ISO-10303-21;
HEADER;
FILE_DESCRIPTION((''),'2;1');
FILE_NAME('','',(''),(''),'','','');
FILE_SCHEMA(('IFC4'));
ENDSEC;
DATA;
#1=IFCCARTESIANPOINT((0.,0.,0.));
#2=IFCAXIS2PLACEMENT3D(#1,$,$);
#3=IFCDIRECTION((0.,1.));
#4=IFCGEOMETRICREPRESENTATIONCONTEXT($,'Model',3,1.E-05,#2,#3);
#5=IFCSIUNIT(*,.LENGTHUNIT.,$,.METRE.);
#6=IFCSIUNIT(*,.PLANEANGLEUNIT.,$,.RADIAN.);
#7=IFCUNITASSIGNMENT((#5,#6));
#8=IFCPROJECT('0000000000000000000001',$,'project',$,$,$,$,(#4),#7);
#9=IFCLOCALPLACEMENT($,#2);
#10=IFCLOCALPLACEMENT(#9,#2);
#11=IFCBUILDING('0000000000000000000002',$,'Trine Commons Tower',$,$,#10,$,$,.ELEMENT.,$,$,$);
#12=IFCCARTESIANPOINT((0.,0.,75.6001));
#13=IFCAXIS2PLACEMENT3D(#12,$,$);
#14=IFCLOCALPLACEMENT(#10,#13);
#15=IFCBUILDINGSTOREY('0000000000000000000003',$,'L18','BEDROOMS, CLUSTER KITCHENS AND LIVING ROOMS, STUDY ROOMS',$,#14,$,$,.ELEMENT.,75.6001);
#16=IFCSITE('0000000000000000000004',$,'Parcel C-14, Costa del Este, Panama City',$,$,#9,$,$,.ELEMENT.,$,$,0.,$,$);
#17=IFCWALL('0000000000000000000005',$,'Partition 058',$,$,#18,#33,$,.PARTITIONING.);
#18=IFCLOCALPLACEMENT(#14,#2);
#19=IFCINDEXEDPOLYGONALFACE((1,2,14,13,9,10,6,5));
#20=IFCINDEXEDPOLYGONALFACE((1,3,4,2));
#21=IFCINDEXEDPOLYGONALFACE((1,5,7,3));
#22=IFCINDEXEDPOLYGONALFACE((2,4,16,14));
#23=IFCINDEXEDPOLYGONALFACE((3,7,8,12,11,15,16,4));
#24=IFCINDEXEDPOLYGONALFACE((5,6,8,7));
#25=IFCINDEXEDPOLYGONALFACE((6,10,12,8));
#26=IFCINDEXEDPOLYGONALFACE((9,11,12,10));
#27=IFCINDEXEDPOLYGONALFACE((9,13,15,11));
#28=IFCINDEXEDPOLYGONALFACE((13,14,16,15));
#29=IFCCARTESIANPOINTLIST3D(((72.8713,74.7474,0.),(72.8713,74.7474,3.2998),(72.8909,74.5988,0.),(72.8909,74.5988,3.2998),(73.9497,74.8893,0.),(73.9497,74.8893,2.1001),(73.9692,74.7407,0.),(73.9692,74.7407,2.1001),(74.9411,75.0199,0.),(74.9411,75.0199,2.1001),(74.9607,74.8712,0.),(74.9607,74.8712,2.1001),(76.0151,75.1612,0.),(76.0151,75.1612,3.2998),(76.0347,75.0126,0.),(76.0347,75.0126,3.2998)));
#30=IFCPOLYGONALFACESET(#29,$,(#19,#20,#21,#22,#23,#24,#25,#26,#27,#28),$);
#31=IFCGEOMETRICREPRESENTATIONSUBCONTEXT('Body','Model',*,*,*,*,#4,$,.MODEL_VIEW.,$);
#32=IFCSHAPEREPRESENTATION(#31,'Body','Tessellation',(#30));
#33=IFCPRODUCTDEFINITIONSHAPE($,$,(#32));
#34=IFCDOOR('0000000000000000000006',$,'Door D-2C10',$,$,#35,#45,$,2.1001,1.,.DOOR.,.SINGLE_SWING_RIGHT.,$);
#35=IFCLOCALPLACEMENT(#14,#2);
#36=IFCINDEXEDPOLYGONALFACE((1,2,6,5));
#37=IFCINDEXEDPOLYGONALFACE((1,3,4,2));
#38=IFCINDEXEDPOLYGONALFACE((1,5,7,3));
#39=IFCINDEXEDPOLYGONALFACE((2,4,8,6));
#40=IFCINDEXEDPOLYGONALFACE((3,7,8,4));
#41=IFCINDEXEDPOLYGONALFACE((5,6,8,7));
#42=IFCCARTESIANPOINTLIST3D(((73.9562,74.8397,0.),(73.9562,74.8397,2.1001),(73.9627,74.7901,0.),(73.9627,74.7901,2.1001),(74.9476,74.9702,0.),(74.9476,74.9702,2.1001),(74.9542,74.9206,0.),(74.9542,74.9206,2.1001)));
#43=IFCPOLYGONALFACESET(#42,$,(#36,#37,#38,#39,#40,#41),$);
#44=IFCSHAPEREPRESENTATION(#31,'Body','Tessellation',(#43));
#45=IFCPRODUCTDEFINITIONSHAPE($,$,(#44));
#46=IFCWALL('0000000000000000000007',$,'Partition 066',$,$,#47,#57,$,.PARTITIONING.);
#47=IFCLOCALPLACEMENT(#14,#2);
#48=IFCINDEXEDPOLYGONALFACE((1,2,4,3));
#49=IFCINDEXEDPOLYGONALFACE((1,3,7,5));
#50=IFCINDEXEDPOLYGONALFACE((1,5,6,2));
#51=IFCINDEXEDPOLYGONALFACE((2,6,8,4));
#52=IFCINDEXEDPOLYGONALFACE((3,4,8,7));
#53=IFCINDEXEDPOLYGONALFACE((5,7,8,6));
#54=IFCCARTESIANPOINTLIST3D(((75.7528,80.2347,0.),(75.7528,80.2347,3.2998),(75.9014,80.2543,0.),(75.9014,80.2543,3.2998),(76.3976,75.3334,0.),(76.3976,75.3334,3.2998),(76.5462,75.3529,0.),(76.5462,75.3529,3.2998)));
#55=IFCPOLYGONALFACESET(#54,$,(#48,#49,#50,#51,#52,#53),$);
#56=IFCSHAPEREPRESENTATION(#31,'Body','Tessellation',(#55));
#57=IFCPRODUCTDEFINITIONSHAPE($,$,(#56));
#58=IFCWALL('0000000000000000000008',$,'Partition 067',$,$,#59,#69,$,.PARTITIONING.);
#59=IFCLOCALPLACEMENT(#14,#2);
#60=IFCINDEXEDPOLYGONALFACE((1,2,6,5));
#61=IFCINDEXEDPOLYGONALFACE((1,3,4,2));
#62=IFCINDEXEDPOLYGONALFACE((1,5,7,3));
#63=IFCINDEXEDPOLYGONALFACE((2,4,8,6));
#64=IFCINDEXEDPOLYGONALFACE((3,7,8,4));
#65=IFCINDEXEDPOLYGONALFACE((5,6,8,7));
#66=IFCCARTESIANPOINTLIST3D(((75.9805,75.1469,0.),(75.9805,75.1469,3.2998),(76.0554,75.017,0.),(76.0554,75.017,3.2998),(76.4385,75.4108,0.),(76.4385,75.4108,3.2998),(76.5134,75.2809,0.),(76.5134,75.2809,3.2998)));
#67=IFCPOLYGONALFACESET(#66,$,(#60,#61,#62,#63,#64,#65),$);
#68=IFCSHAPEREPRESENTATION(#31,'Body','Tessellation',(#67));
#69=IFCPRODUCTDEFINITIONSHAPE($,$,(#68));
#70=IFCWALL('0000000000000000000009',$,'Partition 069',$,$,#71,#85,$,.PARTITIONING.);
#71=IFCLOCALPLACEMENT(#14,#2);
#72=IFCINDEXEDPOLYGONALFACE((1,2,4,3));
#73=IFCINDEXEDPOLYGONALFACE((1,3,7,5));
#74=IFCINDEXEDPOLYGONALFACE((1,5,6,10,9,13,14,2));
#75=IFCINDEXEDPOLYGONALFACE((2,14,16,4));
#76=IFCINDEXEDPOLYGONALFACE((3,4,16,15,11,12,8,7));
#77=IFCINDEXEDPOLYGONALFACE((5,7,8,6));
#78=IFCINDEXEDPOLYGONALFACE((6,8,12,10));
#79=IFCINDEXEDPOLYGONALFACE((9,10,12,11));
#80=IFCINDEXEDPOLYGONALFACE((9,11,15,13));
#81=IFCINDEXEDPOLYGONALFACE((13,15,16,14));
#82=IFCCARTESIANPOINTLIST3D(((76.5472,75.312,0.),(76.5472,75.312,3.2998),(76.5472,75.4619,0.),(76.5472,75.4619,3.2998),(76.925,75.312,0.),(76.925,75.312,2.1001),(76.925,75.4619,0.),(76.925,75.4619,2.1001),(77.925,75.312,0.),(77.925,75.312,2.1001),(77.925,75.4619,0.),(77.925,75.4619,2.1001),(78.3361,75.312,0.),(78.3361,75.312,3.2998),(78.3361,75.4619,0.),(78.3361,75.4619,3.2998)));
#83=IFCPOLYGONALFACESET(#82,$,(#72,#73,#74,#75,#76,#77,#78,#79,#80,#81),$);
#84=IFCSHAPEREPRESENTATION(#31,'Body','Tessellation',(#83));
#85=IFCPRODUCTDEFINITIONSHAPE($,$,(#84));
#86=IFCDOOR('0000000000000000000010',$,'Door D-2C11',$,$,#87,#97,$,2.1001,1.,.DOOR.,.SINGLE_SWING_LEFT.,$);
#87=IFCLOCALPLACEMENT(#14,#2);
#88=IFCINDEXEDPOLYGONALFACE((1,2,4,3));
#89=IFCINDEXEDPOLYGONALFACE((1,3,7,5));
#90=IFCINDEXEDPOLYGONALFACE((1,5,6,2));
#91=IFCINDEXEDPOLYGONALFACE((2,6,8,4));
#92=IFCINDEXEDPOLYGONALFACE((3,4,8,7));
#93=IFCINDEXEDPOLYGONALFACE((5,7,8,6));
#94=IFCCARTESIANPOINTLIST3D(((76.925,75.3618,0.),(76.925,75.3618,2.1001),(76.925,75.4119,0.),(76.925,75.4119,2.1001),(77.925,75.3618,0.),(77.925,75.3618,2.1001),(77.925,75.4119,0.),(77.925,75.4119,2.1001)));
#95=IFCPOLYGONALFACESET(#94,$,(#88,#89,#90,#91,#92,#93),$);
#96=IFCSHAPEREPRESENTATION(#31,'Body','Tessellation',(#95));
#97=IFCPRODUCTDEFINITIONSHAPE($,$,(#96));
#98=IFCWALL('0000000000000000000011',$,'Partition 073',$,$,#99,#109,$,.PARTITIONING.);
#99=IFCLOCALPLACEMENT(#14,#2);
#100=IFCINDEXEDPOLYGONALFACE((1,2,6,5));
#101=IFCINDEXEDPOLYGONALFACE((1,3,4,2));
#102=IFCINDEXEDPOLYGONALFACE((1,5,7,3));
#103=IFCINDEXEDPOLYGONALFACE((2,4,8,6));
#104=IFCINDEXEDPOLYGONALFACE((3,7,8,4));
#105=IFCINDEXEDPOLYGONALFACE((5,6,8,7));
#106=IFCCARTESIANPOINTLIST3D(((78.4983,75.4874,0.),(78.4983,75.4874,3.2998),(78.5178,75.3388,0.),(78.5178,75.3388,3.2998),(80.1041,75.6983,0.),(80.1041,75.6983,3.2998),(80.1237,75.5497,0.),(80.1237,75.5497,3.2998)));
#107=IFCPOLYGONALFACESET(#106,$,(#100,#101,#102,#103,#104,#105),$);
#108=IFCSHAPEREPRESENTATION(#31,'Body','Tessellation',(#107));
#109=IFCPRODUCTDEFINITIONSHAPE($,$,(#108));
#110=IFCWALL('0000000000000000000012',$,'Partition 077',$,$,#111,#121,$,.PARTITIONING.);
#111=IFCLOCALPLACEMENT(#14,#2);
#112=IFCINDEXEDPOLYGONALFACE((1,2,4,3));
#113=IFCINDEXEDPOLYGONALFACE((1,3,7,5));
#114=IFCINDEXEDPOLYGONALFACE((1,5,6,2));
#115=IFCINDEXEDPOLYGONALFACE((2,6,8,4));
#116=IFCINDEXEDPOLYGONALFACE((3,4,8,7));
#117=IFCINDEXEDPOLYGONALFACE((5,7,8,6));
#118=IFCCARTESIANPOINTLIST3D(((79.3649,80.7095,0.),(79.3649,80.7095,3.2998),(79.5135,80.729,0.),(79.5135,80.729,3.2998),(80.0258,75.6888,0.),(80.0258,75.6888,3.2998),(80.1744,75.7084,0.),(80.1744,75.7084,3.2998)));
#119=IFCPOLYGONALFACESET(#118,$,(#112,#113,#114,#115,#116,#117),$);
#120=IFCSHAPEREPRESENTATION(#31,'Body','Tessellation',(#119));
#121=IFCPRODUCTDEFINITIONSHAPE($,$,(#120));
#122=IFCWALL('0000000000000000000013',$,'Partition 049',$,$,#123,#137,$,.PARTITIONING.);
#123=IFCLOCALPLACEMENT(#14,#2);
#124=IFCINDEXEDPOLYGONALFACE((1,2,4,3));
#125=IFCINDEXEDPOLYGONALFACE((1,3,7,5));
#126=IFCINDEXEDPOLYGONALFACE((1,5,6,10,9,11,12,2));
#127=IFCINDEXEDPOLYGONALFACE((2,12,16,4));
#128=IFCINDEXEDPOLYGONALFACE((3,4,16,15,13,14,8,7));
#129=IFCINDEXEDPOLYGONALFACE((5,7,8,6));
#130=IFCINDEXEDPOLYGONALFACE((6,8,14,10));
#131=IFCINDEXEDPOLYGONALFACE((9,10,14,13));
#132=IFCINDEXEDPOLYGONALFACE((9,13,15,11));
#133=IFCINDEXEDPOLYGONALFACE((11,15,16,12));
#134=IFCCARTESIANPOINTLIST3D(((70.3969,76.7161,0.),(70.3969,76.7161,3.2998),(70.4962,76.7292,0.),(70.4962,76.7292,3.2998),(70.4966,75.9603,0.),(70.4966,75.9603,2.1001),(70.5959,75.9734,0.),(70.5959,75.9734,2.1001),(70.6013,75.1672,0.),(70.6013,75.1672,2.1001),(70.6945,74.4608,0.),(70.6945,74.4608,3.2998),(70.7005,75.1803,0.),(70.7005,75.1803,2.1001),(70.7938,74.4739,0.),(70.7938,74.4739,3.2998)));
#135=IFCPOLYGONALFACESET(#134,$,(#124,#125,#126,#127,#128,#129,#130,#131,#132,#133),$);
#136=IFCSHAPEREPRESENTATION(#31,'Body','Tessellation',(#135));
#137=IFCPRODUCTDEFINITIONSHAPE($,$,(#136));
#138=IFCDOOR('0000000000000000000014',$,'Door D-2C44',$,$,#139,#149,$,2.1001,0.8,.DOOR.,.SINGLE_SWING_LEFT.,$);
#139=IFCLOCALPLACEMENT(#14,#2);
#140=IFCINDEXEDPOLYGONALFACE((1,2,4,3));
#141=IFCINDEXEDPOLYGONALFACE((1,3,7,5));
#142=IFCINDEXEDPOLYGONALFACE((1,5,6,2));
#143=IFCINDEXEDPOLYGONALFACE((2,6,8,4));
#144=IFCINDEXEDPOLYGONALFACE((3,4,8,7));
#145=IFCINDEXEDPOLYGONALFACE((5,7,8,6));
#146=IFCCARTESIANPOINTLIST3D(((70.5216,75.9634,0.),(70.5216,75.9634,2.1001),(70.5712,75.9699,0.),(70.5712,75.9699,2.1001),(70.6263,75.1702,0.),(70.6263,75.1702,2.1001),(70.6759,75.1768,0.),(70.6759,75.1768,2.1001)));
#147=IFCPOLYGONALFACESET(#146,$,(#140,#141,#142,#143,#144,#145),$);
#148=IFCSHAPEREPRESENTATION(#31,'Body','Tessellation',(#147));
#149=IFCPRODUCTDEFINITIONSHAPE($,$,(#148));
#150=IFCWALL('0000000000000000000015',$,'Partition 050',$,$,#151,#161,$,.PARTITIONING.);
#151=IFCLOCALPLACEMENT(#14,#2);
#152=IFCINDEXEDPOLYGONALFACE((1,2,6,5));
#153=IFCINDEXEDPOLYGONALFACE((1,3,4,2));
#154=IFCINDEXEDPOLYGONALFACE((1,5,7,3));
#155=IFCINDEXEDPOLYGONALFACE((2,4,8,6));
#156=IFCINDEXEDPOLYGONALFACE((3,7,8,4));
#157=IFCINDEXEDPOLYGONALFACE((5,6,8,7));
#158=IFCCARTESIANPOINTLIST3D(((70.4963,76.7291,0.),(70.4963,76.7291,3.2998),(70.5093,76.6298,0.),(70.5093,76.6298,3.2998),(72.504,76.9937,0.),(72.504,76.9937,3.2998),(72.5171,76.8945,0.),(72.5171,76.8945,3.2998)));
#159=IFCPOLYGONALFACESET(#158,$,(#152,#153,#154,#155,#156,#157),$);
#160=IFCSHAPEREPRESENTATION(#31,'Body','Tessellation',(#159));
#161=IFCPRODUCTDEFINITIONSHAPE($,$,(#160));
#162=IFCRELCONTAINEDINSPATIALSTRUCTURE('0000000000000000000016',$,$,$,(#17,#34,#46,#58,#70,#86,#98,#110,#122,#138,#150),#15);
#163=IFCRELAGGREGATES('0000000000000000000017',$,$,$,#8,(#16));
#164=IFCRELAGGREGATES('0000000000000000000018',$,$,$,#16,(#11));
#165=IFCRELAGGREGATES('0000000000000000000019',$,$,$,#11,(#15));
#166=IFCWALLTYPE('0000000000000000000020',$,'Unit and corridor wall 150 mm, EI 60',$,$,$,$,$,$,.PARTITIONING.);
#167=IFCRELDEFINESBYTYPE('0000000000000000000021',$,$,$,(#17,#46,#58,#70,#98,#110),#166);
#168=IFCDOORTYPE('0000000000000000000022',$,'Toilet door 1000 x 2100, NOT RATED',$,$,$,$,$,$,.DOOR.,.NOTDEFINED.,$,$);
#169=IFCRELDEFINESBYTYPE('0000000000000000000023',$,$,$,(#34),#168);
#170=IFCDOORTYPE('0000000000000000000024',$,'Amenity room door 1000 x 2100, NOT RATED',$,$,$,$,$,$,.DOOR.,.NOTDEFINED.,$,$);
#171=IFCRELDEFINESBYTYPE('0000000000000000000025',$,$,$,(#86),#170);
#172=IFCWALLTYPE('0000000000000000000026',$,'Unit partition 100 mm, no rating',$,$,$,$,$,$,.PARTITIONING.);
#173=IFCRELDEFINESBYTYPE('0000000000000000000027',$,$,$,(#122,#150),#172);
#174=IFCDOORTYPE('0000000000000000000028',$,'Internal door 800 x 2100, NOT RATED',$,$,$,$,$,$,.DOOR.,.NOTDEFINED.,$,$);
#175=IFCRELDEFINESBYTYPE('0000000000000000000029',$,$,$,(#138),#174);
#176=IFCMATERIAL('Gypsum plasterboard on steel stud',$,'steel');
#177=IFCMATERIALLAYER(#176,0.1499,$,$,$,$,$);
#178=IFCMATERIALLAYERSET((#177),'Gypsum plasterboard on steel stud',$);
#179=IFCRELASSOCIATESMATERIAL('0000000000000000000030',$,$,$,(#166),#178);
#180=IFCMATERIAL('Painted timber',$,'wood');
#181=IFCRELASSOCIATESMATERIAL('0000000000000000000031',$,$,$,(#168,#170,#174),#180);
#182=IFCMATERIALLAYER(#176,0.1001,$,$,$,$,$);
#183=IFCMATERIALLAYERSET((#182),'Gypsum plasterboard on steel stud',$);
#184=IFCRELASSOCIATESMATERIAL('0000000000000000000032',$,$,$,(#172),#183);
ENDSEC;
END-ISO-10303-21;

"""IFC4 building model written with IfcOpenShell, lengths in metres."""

from ifc_helpers import new_model, si_unit, direction, frame, frame_2d, origin, place, context, subcontext, project, spatial, rectangle, extrude, material, layer, layer_set, type_object, element, fill, save


model = new_model("IFC4")

# Units and contexts
model_context = context("Model", 3, precision=1e-05, world=origin(), true_north=direction((0.0, 1.0)))
body_context = subcontext(model_context, "Body", "Model", "MODEL_VIEW")
ifc_project = project(units=[si_unit("LENGTHUNIT", "METRE"), si_unit("PLANEANGLEUNIT", "RADIAN")], contexts=[model_context])

# Site, building, storey
site_placement = place(None, origin())
site = spatial("IfcSite", under=ifc_project, at=site_placement, Name="Parcel C-14, Costa del Este, Panama City", CompositionType="ELEMENT", RefElevation=0.0)
building_placement = place(site_placement, origin())
building = spatial("IfcBuilding", under=site, at=building_placement, Name="Trine Commons Tower", CompositionType="ELEMENT")
storey_placement = place(building_placement, frame((0.0, 0.0, 75.6001)))
storey = spatial("IfcBuildingStorey", under=building, at=storey_placement, Name="L18", Description="BEDROOMS, CLUSTER KITCHENS AND LIVING ROOMS, STUDY ROOMS", CompositionType="ELEMENT", Elevation=75.6001)

# Shared definitions
ifc_material_1 = material(Name="Gypsum plasterboard on steel stud", Category="steel")
ifc_layer_1 = layer(ifc_material_1, 0.1499)
ifc_layer_set_1 = layer_set([ifc_layer_1], Name="Gypsum plasterboard on steel stud")
wall_type_1 = type_object("IfcWallType", Name="Unit and corridor wall 150 mm, EI 60", PredefinedType="PARTITIONING", material=ifc_layer_set_1)

# Wall, opening, door
wall_1_placement = place(storey_placement, frame((72.8811, 74.6731, 0.0), z_axis=(0.0, 0.0, 1.0), x_axis=(0.991448, 0.130504, 0.0)))
wall_1 = element("IfcWall", 1, at=wall_1_placement, inside=storey, type_object=wall_type_1, Name="Partition 058", PredefinedType="PARTITIONING", context=body_context, shape_type="SweptSolid", body=[
    extrude(rectangle(XDim=3.1709, YDim=0.1499, at=frame_2d((1.5854, 0.0))), origin(), (0.0, 0.0, 1.0), 3.2998),
])
opening_1_placement = place(wall_1_placement, frame((1.0876, 0.0, 0.0)))
opening_1 = element("IfcOpeningElement", 2, at=opening_1_placement, cuts=wall_1, PredefinedType="OPENING", context=body_context, shape_type="SweptSolid", body=[
    extrude(rectangle(XDim=1.0, YDim=2.1001, at=frame_2d((0.5, 1.05))), frame((0.0, 0.085, 0.0), z_axis=(0.0, -1.0, 0.0), x_axis=(1.0, 0.0, 0.0)), (0.0, 0.0, 1.0), 0.1699),
])
ifc_material_2 = material(Name="Painted timber", Category="wood")
door_type_1 = type_object("IfcDoorType", Name="Toilet door 1000 x 2100, NOT RATED", OperationType="NOTDEFINED", PredefinedType="DOOR", material=ifc_material_2)
door_1_placement = place(opening_1_placement, origin())
door_1 = element("IfcDoor", 3, at=door_1_placement, inside=storey, type_object=door_type_1, Name="Door D-2C10", OperationType="SINGLE_SWING_RIGHT", OverallHeight=2.1001, OverallWidth=1.0, PredefinedType="DOOR", context=body_context, shape_type="SweptSolid", body=[
    extrude(rectangle(XDim=1.0, YDim=2.1001, at=frame_2d((0.5, 1.05))), frame((0.0, 0.0249, 0.0), z_axis=(0.0, -1.0, 0.0), x_axis=(1.0, 0.0, 0.0)), (0.0, 0.0, 1.0), 0.05),
])
fill(opening_1, door_1)

# Walls
wall_2_placement = place(storey_placement, frame((75.8271, 80.2444, 0.0), z_axis=(0.0, 0.0, 1.0), x_axis=(0.130426, -0.991458, 0.0)))
element("IfcWall", 4, at=wall_2_placement, inside=storey, type_object=wall_type_1, Name="Partition 066", PredefinedType="PARTITIONING", context=body_context, shape_type="SweptSolid", body=[
    extrude(rectangle(XDim=4.9436, YDim=0.1499, at=frame_2d((2.4717, 0.0))), origin(), (0.0, 0.0, 1.0), 3.2998),
])
wall_3_placement = place(storey_placement, frame((76.0181, 75.082, 0.0), z_axis=(0.0, 0.0, 1.0), x_axis=(0.866447, 0.499269, 0.0)))
element("IfcWall", 5, at=wall_3_placement, inside=storey, type_object=wall_type_1, Name="Partition 067", PredefinedType="PARTITIONING", context=body_context, shape_type="SweptSolid", body=[
    extrude(rectangle(XDim=0.5286, YDim=0.1499, at=frame_2d((0.2642, 0.0))), origin(), (0.0, 0.0, 1.0), 3.2998),
])

# Wall, opening, door
wall_4_placement = place(storey_placement, frame((76.5471, 75.387, 0.0), z_axis=(0.0, 0.0, 1.0), x_axis=(1.0, 0.0, 0.0)))
wall_4 = element("IfcWall", 6, at=wall_4_placement, inside=storey, type_object=wall_type_1, Name="Partition 069", PredefinedType="PARTITIONING", context=body_context, shape_type="SweptSolid", body=[
    extrude(rectangle(XDim=1.7888, YDim=0.1499, at=frame_2d((0.8945, 0.0))), origin(), (0.0, 0.0, 1.0), 3.2998),
])
opening_2_placement = place(wall_4_placement, frame((0.3779, 0.0, 0.0)))
opening_2 = element("IfcOpeningElement", 7, at=opening_2_placement, cuts=wall_4, PredefinedType="OPENING", context=body_context, shape_type="SweptSolid", body=[
    extrude(rectangle(XDim=1.0, YDim=2.1001, at=frame_2d((0.5, 1.05))), frame((0.0, 0.085, 0.0), z_axis=(0.0, -1.0, 0.0), x_axis=(1.0, 0.0, 0.0)), (0.0, 0.0, 1.0), 0.1699),
])
door_type_2 = type_object("IfcDoorType", Name="Amenity room door 1000 x 2100, NOT RATED", OperationType="NOTDEFINED", PredefinedType="DOOR", material=ifc_material_2)
door_2_placement = place(opening_2_placement, origin())
door_2 = element("IfcDoor", 8, at=door_2_placement, inside=storey, type_object=door_type_2, Name="Door D-2C11", OperationType="SINGLE_SWING_LEFT", OverallHeight=2.1001, OverallWidth=1.0, PredefinedType="DOOR", context=body_context, shape_type="SweptSolid", body=[
    extrude(rectangle(XDim=1.0, YDim=2.1001, at=frame_2d((0.5, 1.05))), frame((0.0, 0.0249, 0.0), z_axis=(0.0, -1.0, 0.0), x_axis=(1.0, 0.0, 0.0)), (0.0, 0.0, 1.0), 0.05),
])
fill(opening_2, door_2)

# Walls
wall_5_placement = place(storey_placement, frame((78.5081, 75.4131, 0.0), z_axis=(0.0, 0.0, 1.0), x_axis=(0.991484, 0.130228, 0.0)))
element("IfcWall", 9, at=wall_5_placement, inside=storey, type_object=wall_type_1, Name="Partition 073", PredefinedType="PARTITIONING", context=body_context, shape_type="SweptSolid", body=[
    extrude(rectangle(XDim=1.6196, YDim=0.1499, at=frame_2d((0.8098, 0.0))), origin(), (0.0, 0.0, 1.0), 3.2998),
])
wall_6_placement = place(storey_placement, frame((79.4392, 80.7192, 0.0), z_axis=(0.0, 0.0, 1.0), x_axis=(0.130506, -0.991448, 0.0)))
element("IfcWall", 10, at=wall_6_placement, inside=storey, type_object=wall_type_1, Name="Partition 077", PredefinedType="PARTITIONING", context=body_context, shape_type="SweptSolid", body=[
    extrude(rectangle(XDim=5.064, YDim=0.1499, at=frame_2d((2.532, 0.0))), origin(), (0.0, 0.0, 1.0), 3.2998),
])

# Wall, opening, door
ifc_layer_2 = layer(ifc_material_1, 0.1001)
ifc_layer_set_2 = layer_set([ifc_layer_2], Name="Gypsum plasterboard on steel stud")
wall_type_2 = type_object("IfcWallType", Name="Unit partition 100 mm, no rating", PredefinedType="PARTITIONING", material=ifc_layer_set_2)
wall_7_placement = place(storey_placement, frame((70.4465, 76.7227, 0.0), z_axis=(0.0, 0.0, 1.0), x_axis=(0.130821, -0.991406, 0.0)))
wall_7 = element("IfcWall", 11, at=wall_7_placement, inside=storey, type_object=wall_type_2, Name="Partition 049", PredefinedType="PARTITIONING", context=body_context, shape_type="SweptSolid", body=[
    extrude(rectangle(XDim=2.2749, YDim=0.1001, at=frame_2d((1.1375, 0.0))), origin(), (0.0, 0.0, 1.0), 3.2998),
])
opening_3_placement = place(wall_7_placement, frame((0.7625, 0.0, 0.0)))
opening_3 = element("IfcOpeningElement", 12, at=opening_3_placement, cuts=wall_7, PredefinedType="OPENING", context=body_context, shape_type="SweptSolid", body=[
    extrude(rectangle(XDim=0.8, YDim=2.1001, at=frame_2d((0.3999, 1.05))), frame((0.0, 0.0601, 0.0), z_axis=(0.0, -1.0, 0.0), x_axis=(1.0, 0.0, 0.0)), (0.0, 0.0, 1.0), 0.1201),
])
door_type_3 = type_object("IfcDoorType", Name="Internal door 800 x 2100, NOT RATED", OperationType="NOTDEFINED", PredefinedType="DOOR", material=ifc_material_2)
door_3_placement = place(opening_3_placement, frame((0.8, 0.0, 0.0), z_axis=(0.0, 0.0, 1.0), x_axis=(-1.0, 0.0, 0.0)))
door_3 = element("IfcDoor", 13, at=door_3_placement, inside=storey, type_object=door_type_3, Name="Door D-2C44", OperationType="SINGLE_SWING_LEFT", OverallHeight=2.1001, OverallWidth=0.8, PredefinedType="DOOR", context=body_context, shape_type="SweptSolid", body=[
    extrude(rectangle(XDim=0.8, YDim=2.1001, at=frame_2d((0.3999, 1.05))), frame((0.0, 0.0249, 0.0), z_axis=(0.0, -1.0, 0.0), x_axis=(1.0, 0.0, 0.0)), (0.0, 0.0, 1.0), 0.05),
])
fill(opening_3, door_3)

# Wall
wall_8_placement = place(storey_placement, frame((70.5027, 76.6794, 0.0), z_axis=(0.0, 0.0, 1.0), x_axis=(0.991425, 0.130679, 0.0)))
element("IfcWall", 14, at=wall_8_placement, inside=storey, type_object=wall_type_2, Name="Partition 050", PredefinedType="PARTITIONING", context=body_context, shape_type="SweptSolid", body=[
    extrude(rectangle(XDim=2.0251, YDim=0.1001, at=frame_2d((1.0127, 0.0))), origin(), (0.0, 0.0, 1.0), 3.2998),
])

save(model, "model.ifc")
